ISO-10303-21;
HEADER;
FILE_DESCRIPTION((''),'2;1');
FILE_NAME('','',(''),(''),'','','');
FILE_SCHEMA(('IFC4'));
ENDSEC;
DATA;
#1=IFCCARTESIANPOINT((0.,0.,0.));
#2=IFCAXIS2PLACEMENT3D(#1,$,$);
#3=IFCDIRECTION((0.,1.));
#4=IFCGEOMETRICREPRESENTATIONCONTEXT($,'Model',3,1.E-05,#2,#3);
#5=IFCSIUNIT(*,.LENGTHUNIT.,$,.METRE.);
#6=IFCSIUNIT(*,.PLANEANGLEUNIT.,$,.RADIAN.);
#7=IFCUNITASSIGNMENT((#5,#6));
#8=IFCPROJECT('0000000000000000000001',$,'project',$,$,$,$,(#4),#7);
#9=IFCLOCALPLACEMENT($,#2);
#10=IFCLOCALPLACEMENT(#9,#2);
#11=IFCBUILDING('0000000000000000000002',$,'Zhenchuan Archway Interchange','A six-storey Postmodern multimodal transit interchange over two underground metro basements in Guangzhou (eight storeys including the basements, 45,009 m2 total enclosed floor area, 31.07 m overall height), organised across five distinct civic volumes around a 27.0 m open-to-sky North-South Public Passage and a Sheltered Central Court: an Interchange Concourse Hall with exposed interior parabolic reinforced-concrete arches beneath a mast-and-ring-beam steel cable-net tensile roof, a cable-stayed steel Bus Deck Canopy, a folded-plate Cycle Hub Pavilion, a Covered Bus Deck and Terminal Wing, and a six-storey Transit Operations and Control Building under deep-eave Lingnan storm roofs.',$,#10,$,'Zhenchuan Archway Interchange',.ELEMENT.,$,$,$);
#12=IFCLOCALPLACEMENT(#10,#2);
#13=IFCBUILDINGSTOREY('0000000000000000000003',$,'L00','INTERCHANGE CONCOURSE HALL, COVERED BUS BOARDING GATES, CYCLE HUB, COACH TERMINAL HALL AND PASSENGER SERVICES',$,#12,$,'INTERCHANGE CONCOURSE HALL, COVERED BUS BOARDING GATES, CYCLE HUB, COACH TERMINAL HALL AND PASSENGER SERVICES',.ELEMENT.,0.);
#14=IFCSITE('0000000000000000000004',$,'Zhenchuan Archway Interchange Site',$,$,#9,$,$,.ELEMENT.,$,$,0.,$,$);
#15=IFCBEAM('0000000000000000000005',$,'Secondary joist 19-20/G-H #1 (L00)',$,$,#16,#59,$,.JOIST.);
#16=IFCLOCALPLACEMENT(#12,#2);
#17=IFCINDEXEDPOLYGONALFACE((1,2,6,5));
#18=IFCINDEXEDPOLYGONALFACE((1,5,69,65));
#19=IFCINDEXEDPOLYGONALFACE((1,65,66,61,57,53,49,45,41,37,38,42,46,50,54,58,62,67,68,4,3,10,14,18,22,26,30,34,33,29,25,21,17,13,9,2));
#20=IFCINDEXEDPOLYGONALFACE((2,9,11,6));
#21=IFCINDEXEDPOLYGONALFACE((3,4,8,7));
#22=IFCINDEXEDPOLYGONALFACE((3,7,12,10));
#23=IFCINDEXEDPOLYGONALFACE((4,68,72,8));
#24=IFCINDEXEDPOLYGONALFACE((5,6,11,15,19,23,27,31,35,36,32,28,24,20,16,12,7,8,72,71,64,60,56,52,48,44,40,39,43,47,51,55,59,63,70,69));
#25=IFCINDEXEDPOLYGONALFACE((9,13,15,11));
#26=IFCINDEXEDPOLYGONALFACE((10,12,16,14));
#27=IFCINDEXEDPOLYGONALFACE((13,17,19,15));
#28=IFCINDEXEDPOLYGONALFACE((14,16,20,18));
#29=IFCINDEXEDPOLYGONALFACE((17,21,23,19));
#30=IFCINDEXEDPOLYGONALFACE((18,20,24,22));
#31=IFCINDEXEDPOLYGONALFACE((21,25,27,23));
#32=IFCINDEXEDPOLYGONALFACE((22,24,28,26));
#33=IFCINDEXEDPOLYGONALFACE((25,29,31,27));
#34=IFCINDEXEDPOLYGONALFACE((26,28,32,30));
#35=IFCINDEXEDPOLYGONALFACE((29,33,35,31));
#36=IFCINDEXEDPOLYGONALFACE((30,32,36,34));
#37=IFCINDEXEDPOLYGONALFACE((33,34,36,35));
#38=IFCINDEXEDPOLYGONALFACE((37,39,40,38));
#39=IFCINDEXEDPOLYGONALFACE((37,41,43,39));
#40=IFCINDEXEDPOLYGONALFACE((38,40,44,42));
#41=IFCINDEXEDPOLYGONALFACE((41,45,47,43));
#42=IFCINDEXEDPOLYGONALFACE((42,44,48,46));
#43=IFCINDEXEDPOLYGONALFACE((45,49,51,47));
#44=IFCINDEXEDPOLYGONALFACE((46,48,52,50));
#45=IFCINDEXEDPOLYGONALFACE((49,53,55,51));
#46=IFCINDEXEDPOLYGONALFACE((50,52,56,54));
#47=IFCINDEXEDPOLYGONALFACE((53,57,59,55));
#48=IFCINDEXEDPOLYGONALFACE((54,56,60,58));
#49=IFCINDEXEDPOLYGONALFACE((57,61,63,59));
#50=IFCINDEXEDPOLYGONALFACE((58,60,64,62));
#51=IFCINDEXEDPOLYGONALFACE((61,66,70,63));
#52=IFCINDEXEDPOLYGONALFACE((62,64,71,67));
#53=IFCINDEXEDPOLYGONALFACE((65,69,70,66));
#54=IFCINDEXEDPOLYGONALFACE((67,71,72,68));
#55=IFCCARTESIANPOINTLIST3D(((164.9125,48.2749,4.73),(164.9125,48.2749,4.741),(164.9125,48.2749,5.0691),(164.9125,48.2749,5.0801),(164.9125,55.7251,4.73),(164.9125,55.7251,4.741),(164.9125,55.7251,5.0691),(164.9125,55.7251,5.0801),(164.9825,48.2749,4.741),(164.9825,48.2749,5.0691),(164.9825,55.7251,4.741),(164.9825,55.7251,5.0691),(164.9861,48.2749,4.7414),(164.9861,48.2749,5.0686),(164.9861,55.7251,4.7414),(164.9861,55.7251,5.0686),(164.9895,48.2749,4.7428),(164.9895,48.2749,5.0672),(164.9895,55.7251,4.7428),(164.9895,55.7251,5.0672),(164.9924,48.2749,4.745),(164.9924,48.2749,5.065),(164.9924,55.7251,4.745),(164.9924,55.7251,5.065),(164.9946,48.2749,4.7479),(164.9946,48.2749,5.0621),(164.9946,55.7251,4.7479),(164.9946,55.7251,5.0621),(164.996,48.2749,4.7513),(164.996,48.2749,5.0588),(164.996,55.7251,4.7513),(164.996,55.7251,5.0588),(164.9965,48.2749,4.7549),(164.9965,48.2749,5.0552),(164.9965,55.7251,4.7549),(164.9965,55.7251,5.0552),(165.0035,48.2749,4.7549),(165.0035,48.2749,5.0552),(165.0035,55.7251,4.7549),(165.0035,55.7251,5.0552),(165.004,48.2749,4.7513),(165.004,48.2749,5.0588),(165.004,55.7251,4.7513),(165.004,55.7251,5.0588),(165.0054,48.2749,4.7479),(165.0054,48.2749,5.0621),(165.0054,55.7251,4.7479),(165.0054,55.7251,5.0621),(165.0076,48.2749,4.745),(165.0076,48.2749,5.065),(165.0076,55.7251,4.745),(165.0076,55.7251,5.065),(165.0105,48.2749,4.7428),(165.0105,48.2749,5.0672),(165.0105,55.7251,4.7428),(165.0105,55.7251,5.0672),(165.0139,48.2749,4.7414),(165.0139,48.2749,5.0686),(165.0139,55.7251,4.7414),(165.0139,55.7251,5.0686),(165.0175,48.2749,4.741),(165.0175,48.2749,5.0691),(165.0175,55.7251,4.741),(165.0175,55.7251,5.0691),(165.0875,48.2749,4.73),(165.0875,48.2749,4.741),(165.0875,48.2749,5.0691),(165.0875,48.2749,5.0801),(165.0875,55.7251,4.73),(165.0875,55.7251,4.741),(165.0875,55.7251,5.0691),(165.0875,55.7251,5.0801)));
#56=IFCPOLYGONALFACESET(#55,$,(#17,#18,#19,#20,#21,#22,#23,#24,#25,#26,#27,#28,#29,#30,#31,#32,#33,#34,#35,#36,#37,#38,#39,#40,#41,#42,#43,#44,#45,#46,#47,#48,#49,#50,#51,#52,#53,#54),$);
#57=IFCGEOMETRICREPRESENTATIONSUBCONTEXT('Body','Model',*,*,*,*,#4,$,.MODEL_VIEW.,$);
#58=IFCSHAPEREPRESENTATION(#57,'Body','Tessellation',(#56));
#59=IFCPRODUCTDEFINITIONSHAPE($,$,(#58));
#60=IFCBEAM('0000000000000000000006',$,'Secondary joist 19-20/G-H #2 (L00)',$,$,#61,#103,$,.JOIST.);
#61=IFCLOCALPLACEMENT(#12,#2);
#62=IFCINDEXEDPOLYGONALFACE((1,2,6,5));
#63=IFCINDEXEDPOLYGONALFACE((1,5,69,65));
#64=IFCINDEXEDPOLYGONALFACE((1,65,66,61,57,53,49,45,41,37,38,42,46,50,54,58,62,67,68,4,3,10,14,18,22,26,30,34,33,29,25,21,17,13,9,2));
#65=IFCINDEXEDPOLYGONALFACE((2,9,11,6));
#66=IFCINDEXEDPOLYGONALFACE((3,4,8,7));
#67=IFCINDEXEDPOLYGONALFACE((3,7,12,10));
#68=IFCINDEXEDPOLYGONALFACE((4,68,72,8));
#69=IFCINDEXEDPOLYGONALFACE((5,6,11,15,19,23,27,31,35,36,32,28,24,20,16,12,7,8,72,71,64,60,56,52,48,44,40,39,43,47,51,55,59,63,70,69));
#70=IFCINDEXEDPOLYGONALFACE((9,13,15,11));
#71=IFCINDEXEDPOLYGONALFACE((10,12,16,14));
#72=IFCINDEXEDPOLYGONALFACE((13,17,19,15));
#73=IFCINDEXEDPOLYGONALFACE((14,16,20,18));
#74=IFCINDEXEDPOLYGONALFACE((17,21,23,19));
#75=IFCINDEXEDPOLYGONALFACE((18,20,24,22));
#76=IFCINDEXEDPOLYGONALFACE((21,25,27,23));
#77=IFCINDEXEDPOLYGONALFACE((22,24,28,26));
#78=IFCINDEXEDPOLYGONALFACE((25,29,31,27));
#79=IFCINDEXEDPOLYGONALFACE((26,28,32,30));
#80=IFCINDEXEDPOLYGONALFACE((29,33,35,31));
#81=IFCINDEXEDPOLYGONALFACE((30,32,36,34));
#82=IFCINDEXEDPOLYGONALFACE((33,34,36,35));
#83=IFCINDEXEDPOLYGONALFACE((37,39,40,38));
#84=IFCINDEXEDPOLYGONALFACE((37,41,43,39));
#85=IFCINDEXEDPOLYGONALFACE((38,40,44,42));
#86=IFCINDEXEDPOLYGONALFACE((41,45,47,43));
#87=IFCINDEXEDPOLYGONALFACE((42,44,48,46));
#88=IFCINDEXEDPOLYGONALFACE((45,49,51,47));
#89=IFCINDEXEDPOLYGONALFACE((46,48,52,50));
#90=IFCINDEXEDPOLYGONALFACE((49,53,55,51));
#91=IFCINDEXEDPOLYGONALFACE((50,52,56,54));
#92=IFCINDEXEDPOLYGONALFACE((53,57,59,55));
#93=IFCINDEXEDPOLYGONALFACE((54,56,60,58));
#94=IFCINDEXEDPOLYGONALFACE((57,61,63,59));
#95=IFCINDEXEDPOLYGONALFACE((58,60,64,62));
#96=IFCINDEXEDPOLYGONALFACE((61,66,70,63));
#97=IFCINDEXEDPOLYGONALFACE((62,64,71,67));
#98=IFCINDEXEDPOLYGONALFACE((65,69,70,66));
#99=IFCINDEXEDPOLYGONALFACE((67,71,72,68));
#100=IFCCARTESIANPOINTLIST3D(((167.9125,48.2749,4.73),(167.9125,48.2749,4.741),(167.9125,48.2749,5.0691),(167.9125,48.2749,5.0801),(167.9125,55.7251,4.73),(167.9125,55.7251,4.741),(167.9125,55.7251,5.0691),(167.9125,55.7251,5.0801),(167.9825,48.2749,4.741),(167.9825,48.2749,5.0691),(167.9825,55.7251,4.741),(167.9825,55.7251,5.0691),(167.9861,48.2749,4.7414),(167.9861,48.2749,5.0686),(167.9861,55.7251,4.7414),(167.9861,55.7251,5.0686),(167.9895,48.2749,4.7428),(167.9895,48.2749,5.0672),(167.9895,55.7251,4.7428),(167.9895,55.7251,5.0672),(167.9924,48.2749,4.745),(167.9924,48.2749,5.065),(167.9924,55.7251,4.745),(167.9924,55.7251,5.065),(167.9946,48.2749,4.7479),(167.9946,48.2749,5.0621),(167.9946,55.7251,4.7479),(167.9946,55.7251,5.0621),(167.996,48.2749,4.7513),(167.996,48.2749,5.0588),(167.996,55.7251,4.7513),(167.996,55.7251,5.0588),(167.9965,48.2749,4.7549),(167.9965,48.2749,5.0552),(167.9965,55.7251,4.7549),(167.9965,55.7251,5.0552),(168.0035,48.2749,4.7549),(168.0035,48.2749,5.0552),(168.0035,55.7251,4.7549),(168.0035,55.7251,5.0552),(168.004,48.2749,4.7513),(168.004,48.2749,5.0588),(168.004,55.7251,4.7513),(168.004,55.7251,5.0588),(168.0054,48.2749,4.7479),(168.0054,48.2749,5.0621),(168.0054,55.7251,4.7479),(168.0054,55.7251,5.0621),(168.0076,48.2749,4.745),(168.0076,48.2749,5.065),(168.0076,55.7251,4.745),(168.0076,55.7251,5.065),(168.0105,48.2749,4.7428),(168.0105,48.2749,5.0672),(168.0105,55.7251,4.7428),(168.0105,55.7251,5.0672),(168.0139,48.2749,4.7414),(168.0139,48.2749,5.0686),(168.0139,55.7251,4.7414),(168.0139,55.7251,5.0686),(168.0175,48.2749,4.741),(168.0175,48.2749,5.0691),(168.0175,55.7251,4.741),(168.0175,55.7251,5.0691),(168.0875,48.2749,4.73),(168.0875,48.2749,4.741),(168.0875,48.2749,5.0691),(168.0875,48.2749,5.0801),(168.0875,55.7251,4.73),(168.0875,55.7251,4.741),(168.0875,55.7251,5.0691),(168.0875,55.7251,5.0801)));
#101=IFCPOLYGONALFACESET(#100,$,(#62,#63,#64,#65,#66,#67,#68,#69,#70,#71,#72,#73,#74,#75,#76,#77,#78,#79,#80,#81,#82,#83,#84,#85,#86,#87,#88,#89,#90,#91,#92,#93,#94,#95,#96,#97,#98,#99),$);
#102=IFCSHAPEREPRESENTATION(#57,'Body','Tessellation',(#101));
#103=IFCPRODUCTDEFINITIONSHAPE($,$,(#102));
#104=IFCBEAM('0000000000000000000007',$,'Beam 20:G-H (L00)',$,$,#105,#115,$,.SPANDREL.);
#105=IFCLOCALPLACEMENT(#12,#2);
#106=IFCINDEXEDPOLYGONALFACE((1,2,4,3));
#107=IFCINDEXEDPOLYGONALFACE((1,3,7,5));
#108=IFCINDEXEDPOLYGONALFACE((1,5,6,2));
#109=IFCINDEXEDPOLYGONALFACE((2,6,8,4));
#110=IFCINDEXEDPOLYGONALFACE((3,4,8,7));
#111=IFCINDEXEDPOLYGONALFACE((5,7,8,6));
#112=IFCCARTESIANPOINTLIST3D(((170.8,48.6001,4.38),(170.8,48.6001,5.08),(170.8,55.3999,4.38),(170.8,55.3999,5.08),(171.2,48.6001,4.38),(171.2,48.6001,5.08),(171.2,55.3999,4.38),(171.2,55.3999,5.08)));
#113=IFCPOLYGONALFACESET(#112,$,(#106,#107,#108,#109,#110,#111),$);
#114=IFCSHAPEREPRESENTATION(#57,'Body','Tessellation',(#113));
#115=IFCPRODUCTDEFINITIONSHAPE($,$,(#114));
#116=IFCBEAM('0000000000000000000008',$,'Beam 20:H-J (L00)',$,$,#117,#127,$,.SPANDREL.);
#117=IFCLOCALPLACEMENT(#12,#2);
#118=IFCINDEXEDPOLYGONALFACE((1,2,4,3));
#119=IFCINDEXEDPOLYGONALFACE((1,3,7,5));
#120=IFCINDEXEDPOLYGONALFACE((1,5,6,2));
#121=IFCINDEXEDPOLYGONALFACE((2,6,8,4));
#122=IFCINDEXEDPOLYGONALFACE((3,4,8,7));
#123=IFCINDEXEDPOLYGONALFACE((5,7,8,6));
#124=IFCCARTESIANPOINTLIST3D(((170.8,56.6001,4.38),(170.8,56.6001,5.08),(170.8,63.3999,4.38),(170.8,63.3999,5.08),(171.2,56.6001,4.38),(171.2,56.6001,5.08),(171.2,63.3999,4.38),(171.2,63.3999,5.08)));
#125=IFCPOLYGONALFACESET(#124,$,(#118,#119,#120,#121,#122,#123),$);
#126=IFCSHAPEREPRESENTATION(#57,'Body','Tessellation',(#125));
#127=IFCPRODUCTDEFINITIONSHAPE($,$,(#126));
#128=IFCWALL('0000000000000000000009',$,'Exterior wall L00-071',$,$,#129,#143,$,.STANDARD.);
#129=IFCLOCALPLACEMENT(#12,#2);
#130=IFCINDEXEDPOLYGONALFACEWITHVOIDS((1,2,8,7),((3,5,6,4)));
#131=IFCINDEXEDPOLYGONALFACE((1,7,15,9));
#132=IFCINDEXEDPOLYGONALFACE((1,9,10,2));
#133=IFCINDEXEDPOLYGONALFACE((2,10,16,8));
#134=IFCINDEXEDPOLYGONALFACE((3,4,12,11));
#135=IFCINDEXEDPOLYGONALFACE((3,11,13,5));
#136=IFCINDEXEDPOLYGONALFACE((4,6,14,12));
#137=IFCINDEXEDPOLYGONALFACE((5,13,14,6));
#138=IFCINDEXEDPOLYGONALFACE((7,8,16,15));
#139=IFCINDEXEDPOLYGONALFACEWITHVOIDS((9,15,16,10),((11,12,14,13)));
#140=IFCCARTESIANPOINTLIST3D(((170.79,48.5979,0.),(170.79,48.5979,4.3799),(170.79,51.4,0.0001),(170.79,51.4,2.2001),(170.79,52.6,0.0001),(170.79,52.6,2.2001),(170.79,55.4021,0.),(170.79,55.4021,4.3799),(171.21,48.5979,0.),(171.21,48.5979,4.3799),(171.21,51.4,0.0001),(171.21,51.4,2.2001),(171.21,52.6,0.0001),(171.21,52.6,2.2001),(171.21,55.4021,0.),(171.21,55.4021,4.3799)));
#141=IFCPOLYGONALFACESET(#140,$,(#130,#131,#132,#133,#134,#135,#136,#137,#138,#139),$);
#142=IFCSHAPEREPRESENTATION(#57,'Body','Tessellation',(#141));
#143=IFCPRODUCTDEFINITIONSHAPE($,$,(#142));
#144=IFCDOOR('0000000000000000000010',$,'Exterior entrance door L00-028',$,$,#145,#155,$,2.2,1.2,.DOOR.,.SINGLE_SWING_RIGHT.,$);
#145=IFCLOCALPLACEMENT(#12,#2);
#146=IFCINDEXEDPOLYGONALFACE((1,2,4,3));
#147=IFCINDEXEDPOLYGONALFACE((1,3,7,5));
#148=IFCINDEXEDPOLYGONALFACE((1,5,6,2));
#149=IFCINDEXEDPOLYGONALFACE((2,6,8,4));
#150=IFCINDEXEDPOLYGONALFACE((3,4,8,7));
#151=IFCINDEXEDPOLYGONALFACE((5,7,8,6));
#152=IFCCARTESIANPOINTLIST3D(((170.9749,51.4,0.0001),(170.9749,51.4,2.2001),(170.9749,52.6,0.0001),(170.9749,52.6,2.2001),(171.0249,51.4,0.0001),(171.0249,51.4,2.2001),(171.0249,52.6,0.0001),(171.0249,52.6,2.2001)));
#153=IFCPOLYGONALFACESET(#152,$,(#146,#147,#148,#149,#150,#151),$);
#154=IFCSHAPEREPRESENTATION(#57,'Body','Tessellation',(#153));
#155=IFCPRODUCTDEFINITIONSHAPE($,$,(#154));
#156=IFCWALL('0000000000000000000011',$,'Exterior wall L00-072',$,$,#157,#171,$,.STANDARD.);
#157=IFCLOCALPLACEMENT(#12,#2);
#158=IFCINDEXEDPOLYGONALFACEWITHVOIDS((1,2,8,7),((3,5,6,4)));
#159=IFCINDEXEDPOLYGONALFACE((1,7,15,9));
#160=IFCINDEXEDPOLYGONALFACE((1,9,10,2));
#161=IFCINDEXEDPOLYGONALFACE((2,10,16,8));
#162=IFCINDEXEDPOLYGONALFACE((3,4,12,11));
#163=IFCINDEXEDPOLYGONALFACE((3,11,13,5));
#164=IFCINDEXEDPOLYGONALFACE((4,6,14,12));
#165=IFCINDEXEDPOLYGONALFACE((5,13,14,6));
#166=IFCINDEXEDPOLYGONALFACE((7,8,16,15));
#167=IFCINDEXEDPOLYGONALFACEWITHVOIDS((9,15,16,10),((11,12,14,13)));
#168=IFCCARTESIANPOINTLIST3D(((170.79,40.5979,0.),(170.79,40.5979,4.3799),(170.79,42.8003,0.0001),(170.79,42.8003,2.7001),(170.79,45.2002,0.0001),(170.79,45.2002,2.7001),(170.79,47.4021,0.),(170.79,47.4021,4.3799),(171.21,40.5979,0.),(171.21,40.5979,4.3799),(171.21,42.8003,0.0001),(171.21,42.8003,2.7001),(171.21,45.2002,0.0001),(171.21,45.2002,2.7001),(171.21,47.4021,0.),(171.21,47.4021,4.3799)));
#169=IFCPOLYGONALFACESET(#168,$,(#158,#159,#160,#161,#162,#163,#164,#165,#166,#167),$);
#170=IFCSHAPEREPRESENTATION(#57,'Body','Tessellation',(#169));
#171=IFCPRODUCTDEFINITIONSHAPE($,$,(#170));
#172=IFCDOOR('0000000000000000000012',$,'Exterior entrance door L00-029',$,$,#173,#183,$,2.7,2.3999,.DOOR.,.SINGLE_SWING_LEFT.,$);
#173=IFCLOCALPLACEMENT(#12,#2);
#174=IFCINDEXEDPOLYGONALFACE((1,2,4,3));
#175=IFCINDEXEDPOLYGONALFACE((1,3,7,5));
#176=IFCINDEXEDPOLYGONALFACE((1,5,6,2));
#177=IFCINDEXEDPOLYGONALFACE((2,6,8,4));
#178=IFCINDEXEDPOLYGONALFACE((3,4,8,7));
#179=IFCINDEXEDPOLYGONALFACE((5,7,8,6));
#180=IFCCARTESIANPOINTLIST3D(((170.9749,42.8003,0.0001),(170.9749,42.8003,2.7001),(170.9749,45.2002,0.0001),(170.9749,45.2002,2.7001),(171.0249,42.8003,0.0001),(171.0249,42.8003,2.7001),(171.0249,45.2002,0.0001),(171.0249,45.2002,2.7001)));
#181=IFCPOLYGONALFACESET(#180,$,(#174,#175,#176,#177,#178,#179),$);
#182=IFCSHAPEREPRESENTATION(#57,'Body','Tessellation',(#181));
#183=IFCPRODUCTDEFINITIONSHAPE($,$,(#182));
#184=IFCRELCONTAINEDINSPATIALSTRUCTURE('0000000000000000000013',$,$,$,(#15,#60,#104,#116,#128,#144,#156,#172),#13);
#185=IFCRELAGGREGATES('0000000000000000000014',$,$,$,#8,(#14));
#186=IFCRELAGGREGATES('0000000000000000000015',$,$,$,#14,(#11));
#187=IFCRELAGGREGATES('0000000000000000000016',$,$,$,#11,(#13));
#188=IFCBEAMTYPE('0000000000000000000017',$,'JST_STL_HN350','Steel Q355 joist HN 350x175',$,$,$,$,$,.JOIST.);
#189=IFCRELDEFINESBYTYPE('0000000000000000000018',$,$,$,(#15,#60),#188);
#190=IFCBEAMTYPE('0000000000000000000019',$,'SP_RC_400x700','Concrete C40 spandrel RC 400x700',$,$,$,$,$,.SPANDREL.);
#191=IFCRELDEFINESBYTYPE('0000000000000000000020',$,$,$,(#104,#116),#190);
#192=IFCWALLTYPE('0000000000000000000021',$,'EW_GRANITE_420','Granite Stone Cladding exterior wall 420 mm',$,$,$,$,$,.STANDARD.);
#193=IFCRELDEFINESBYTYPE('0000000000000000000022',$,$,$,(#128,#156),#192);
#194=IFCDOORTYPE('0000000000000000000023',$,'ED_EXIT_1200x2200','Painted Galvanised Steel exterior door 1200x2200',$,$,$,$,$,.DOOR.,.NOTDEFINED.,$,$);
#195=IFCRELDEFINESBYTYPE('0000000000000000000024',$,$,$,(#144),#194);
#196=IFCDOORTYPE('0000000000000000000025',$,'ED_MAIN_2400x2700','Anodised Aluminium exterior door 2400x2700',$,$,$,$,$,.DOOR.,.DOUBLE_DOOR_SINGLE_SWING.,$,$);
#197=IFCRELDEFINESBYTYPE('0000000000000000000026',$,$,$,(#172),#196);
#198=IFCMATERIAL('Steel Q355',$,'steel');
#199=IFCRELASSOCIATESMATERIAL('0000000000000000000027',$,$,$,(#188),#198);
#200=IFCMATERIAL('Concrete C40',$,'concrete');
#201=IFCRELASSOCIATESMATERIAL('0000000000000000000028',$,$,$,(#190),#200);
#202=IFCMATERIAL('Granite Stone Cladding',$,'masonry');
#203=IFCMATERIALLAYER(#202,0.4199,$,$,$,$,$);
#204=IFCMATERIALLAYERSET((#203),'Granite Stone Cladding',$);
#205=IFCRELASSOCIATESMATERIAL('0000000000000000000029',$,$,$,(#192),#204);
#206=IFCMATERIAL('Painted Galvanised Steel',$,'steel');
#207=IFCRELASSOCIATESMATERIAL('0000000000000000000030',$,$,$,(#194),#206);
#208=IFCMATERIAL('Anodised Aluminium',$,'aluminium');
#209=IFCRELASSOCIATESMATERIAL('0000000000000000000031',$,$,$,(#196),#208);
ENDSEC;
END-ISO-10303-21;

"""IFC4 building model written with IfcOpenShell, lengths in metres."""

from ifc_helpers import new_model, si_unit, direction, frame, frame_2d, origin, origin_2d, place, context, subcontext, project, spatial, rectangle, i_section, extrude, material, layer, layer_set, material_profile, profile_set, type_object, element, fill, save


model = new_model("IFC4")

# Units and contexts
model_context = context("Model", 3, precision=1e-05, world=origin(), true_north=direction((0.0, 1.0)))
body_context = subcontext(model_context, "Body", "Model", "MODEL_VIEW")
ifc_project = project(units=[si_unit("LENGTHUNIT", "METRE"), si_unit("PLANEANGLEUNIT", "RADIAN")], contexts=[model_context])

# Site, building, storey
site_placement = place(None, origin())
site = spatial("IfcSite", under=ifc_project, at=site_placement, Name="Zhenchuan Archway Interchange Site", CompositionType="ELEMENT", RefElevation=0.0)
building_placement = place(site_placement, origin())
building = spatial("IfcBuilding", under=site, at=building_placement, Name="Zhenchuan Archway Interchange", Description="A six-storey Postmodern multimodal transit interchange over two underground metro basements in Guangzhou (eight storeys including the basements, 45,009 m2 total enclosed floor area, 31.07 m overall height), organised across five distinct civic volumes around a 27.0 m open-to-sky North-South Public Passage and a Sheltered Central Court: an Interchange Concourse Hall with exposed interior parabolic reinforced-concrete arches beneath a mast-and-ring-beam steel cable-net tensile roof, a cable-stayed steel Bus Deck Canopy, a folded-plate Cycle Hub Pavilion, a Covered Bus Deck and Terminal Wing, and a six-storey Transit Operations and Control Building under deep-eave Lingnan storm roofs.", LongName="Zhenchuan Archway Interchange", CompositionType="ELEMENT")
storey_placement = place(building_placement, origin())
storey = spatial("IfcBuildingStorey", under=building, at=storey_placement, Name="L00", Description="INTERCHANGE CONCOURSE HALL, COVERED BUS BOARDING GATES, CYCLE HUB, COACH TERMINAL HALL AND PASSENGER SERVICES", LongName="INTERCHANGE CONCOURSE HALL, COVERED BUS BOARDING GATES, CYCLE HUB, COACH TERMINAL HALL AND PASSENGER SERVICES", CompositionType="ELEMENT", Elevation=0.0)

# Shared definitions
ifc_material_1 = material(Name="Concrete C40", Category="concrete")

# Beams
ifc_material_2 = material(Name="Steel Q355", Category="steel")
ifc_material_profile_1 = material_profile(ifc_material_2, i_section(OverallWidth=0.175, OverallDepth=0.3501, WebThickness=0.0071, FlangeThickness=0.011, FilletRadius=0.0139, at=origin_2d()), Name="HN 350x175")
ifc_profile_set_1 = profile_set([ifc_material_profile_1], Name="Steel Q355")
beam_type_1 = type_object("IfcBeamType", Name="JST_STL_HN350", Description="Steel Q355 joist HN 350x175", PredefinedType="JOIST", material=ifc_profile_set_1)
for number, where, z_axis, x_axis, name in (
    (1, (165.0, 48.2749, 4.905), (0.0, 1.0, 0.0), (-1.0, 0.0, 0.0), "Secondary joist 19-20/G-H #1 (L00)"),
    (2, (168.0, 48.2749, 4.905), (0.0, 1.0, 0.0), (-1.0, 0.0, 0.0), "Secondary joist 19-20/G-H #2 (L00)"),
):
    element("IfcBeam", number, at=place(storey_placement, frame(where, z_axis=z_axis, x_axis=x_axis)), inside=storey, type_object=beam_type_1, Name=name, PredefinedType="JOIST", context=body_context, shape_type="SweptSolid", body=[
        extrude(i_section(OverallWidth=0.175, OverallDepth=0.3501, WebThickness=0.0071, FlangeThickness=0.011, FilletRadius=0.0139, at=origin_2d()), origin(), (0.0, 0.0, 1.0), 7.4502),
    ])
ifc_material_profile_2 = material_profile(ifc_material_1, rectangle(XDim=0.3999, YDim=0.7, at=origin_2d()), Name="RC 400x700")
ifc_profile_set_2 = profile_set([ifc_material_profile_2], Name="Concrete C40")
beam_type_2 = type_object("IfcBeamType", Name="SP_RC_400x700", Description="Concrete C40 spandrel RC 400x700", PredefinedType="SPANDREL", material=ifc_profile_set_2)
for number, where, z_axis, x_axis, name in (
    (3, (171.0, 48.6001, 4.73), (0.0, 1.0, 0.0), (-1.0, 0.0, 0.0), "Beam 20:G-H (L00)"),
    (4, (171.0, 56.6001, 4.73), (0.0, 1.0, 0.0), (-1.0, 0.0, 0.0), "Beam 20:H-J (L00)"),
):
    element("IfcBeam", number, at=place(storey_placement, frame(where, z_axis=z_axis, x_axis=x_axis)), inside=storey, type_object=beam_type_2, Name=name, PredefinedType="SPANDREL", context=body_context, shape_type="SweptSolid", body=[
        extrude(rectangle(XDim=0.3999, YDim=0.7, at=origin_2d()), origin(), (0.0, 0.0, 1.0), 6.7998),
    ])

# Walls, openings, doors
ifc_material_3 = material(Name="Granite Stone Cladding", Category="masonry")
ifc_layer_1 = layer(ifc_material_3, 0.4199)
ifc_layer_set_1 = layer_set([ifc_layer_1], Name="Granite Stone Cladding")
wall_type_1 = type_object("IfcWallType", Name="EW_GRANITE_420", Description="Granite Stone Cladding exterior wall 420 mm", PredefinedType="STANDARD", material=ifc_layer_set_1)
wall_1_placement = place(storey_placement, frame((171.0, 55.4021, 0.0), z_axis=(0.0, 0.0, 1.0), x_axis=(0.0, -1.0, 0.0)))
wall_1 = element("IfcWall", 5, at=wall_1_placement, inside=storey, type_object=wall_type_1, Name="Exterior wall L00-071", PredefinedType="STANDARD", context=body_context, shape_type="SweptSolid", body=[
    extrude(rectangle(XDim=6.8042, YDim=0.4199, at=frame_2d((3.4021, 0.0))), origin(), (0.0, 0.0, 1.0), 4.3799),
])
opening_1_placement = place(wall_1_placement, frame((2.802, 0.0, 0.0)))
opening_1 = element("IfcOpeningElement", 6, at=opening_1_placement, cuts=wall_1, PredefinedType="OPENING", context=body_context, shape_type="SweptSolid", body=[
    extrude(rectangle(XDim=1.2, YDim=2.2, at=frame_2d((0.6001, 1.1001))), frame((0.0, 0.2219, 0.0), z_axis=(0.0, -1.0, 0.0), x_axis=(1.0, 0.0, 0.0)), (0.0, 0.0, 1.0), 0.4438),
])
ifc_material_4 = material(Name="Painted Galvanised Steel", Category="steel")
door_type_1 = type_object("IfcDoorType", Name="ED_EXIT_1200x2200", Description="Painted Galvanised Steel exterior door 1200x2200", OperationType="NOTDEFINED", PredefinedType="DOOR", material=ifc_material_4)
door_1_placement = place(opening_1_placement, origin())
door_1 = element("IfcDoor", 7, at=door_1_placement, inside=storey, type_object=door_type_1, Name="Exterior entrance door L00-028", OperationType="SINGLE_SWING_RIGHT", OverallHeight=2.2, OverallWidth=1.2, PredefinedType="DOOR", context=body_context, shape_type="SweptSolid", body=[
    extrude(rectangle(XDim=1.2, YDim=2.2, at=frame_2d((0.6001, 1.1001))), frame((0.0, 0.0249, 0.0), z_axis=(0.0, -1.0, 0.0), x_axis=(1.0, 0.0, 0.0)), (0.0, 0.0, 1.0), 0.05),
])
fill(opening_1, door_1)
wall_2_placement = place(storey_placement, frame((171.0, 47.4021, 0.0), z_axis=(0.0, 0.0, 1.0), x_axis=(0.0, -1.0, 0.0)))
wall_2 = element("IfcWall", 8, at=wall_2_placement, inside=storey, type_object=wall_type_1, Name="Exterior wall L00-072", PredefinedType="STANDARD", context=body_context, shape_type="SweptSolid", body=[
    extrude(rectangle(XDim=6.8042, YDim=0.4199, at=frame_2d((3.4021, 0.0))), origin(), (0.0, 0.0, 1.0), 4.3799),
])
opening_2_placement = place(wall_2_placement, frame((2.2019, 0.0, 0.0)))
opening_2 = element("IfcOpeningElement", 9, at=opening_2_placement, cuts=wall_2, PredefinedType="OPENING", context=body_context, shape_type="SweptSolid", body=[
    extrude(rectangle(XDim=2.3999, YDim=2.7, at=frame_2d((1.2, 1.3501))), frame((0.0, 0.2219, 0.0), z_axis=(0.0, -1.0, 0.0), x_axis=(1.0, 0.0, 0.0)), (0.0, 0.0, 1.0), 0.4438),
])
ifc_material_5 = material(Name="Anodised Aluminium", Category="aluminium")
door_type_2 = type_object("IfcDoorType", Name="ED_MAIN_2400x2700", Description="Anodised Aluminium exterior door 2400x2700", OperationType="DOUBLE_DOOR_SINGLE_SWING", PredefinedType="DOOR", material=ifc_material_5)
door_2_placement = place(opening_2_placement, origin())
door_2 = element("IfcDoor", 10, at=door_2_placement, inside=storey, type_object=door_type_2, Name="Exterior entrance door L00-029", OperationType="SINGLE_SWING_LEFT", OverallHeight=2.7, OverallWidth=2.3999, PredefinedType="DOOR", context=body_context, shape_type="SweptSolid", body=[
    extrude(rectangle(XDim=2.3999, YDim=2.7, at=frame_2d((1.2, 1.3501))), frame((0.0, 0.0249, 0.0), z_axis=(0.0, -1.0, 0.0), x_axis=(1.0, 0.0, 0.0)), (0.0, 0.0, 1.0), 0.05),
])
fill(opening_2, door_2)

save(model, "model.ifc")
